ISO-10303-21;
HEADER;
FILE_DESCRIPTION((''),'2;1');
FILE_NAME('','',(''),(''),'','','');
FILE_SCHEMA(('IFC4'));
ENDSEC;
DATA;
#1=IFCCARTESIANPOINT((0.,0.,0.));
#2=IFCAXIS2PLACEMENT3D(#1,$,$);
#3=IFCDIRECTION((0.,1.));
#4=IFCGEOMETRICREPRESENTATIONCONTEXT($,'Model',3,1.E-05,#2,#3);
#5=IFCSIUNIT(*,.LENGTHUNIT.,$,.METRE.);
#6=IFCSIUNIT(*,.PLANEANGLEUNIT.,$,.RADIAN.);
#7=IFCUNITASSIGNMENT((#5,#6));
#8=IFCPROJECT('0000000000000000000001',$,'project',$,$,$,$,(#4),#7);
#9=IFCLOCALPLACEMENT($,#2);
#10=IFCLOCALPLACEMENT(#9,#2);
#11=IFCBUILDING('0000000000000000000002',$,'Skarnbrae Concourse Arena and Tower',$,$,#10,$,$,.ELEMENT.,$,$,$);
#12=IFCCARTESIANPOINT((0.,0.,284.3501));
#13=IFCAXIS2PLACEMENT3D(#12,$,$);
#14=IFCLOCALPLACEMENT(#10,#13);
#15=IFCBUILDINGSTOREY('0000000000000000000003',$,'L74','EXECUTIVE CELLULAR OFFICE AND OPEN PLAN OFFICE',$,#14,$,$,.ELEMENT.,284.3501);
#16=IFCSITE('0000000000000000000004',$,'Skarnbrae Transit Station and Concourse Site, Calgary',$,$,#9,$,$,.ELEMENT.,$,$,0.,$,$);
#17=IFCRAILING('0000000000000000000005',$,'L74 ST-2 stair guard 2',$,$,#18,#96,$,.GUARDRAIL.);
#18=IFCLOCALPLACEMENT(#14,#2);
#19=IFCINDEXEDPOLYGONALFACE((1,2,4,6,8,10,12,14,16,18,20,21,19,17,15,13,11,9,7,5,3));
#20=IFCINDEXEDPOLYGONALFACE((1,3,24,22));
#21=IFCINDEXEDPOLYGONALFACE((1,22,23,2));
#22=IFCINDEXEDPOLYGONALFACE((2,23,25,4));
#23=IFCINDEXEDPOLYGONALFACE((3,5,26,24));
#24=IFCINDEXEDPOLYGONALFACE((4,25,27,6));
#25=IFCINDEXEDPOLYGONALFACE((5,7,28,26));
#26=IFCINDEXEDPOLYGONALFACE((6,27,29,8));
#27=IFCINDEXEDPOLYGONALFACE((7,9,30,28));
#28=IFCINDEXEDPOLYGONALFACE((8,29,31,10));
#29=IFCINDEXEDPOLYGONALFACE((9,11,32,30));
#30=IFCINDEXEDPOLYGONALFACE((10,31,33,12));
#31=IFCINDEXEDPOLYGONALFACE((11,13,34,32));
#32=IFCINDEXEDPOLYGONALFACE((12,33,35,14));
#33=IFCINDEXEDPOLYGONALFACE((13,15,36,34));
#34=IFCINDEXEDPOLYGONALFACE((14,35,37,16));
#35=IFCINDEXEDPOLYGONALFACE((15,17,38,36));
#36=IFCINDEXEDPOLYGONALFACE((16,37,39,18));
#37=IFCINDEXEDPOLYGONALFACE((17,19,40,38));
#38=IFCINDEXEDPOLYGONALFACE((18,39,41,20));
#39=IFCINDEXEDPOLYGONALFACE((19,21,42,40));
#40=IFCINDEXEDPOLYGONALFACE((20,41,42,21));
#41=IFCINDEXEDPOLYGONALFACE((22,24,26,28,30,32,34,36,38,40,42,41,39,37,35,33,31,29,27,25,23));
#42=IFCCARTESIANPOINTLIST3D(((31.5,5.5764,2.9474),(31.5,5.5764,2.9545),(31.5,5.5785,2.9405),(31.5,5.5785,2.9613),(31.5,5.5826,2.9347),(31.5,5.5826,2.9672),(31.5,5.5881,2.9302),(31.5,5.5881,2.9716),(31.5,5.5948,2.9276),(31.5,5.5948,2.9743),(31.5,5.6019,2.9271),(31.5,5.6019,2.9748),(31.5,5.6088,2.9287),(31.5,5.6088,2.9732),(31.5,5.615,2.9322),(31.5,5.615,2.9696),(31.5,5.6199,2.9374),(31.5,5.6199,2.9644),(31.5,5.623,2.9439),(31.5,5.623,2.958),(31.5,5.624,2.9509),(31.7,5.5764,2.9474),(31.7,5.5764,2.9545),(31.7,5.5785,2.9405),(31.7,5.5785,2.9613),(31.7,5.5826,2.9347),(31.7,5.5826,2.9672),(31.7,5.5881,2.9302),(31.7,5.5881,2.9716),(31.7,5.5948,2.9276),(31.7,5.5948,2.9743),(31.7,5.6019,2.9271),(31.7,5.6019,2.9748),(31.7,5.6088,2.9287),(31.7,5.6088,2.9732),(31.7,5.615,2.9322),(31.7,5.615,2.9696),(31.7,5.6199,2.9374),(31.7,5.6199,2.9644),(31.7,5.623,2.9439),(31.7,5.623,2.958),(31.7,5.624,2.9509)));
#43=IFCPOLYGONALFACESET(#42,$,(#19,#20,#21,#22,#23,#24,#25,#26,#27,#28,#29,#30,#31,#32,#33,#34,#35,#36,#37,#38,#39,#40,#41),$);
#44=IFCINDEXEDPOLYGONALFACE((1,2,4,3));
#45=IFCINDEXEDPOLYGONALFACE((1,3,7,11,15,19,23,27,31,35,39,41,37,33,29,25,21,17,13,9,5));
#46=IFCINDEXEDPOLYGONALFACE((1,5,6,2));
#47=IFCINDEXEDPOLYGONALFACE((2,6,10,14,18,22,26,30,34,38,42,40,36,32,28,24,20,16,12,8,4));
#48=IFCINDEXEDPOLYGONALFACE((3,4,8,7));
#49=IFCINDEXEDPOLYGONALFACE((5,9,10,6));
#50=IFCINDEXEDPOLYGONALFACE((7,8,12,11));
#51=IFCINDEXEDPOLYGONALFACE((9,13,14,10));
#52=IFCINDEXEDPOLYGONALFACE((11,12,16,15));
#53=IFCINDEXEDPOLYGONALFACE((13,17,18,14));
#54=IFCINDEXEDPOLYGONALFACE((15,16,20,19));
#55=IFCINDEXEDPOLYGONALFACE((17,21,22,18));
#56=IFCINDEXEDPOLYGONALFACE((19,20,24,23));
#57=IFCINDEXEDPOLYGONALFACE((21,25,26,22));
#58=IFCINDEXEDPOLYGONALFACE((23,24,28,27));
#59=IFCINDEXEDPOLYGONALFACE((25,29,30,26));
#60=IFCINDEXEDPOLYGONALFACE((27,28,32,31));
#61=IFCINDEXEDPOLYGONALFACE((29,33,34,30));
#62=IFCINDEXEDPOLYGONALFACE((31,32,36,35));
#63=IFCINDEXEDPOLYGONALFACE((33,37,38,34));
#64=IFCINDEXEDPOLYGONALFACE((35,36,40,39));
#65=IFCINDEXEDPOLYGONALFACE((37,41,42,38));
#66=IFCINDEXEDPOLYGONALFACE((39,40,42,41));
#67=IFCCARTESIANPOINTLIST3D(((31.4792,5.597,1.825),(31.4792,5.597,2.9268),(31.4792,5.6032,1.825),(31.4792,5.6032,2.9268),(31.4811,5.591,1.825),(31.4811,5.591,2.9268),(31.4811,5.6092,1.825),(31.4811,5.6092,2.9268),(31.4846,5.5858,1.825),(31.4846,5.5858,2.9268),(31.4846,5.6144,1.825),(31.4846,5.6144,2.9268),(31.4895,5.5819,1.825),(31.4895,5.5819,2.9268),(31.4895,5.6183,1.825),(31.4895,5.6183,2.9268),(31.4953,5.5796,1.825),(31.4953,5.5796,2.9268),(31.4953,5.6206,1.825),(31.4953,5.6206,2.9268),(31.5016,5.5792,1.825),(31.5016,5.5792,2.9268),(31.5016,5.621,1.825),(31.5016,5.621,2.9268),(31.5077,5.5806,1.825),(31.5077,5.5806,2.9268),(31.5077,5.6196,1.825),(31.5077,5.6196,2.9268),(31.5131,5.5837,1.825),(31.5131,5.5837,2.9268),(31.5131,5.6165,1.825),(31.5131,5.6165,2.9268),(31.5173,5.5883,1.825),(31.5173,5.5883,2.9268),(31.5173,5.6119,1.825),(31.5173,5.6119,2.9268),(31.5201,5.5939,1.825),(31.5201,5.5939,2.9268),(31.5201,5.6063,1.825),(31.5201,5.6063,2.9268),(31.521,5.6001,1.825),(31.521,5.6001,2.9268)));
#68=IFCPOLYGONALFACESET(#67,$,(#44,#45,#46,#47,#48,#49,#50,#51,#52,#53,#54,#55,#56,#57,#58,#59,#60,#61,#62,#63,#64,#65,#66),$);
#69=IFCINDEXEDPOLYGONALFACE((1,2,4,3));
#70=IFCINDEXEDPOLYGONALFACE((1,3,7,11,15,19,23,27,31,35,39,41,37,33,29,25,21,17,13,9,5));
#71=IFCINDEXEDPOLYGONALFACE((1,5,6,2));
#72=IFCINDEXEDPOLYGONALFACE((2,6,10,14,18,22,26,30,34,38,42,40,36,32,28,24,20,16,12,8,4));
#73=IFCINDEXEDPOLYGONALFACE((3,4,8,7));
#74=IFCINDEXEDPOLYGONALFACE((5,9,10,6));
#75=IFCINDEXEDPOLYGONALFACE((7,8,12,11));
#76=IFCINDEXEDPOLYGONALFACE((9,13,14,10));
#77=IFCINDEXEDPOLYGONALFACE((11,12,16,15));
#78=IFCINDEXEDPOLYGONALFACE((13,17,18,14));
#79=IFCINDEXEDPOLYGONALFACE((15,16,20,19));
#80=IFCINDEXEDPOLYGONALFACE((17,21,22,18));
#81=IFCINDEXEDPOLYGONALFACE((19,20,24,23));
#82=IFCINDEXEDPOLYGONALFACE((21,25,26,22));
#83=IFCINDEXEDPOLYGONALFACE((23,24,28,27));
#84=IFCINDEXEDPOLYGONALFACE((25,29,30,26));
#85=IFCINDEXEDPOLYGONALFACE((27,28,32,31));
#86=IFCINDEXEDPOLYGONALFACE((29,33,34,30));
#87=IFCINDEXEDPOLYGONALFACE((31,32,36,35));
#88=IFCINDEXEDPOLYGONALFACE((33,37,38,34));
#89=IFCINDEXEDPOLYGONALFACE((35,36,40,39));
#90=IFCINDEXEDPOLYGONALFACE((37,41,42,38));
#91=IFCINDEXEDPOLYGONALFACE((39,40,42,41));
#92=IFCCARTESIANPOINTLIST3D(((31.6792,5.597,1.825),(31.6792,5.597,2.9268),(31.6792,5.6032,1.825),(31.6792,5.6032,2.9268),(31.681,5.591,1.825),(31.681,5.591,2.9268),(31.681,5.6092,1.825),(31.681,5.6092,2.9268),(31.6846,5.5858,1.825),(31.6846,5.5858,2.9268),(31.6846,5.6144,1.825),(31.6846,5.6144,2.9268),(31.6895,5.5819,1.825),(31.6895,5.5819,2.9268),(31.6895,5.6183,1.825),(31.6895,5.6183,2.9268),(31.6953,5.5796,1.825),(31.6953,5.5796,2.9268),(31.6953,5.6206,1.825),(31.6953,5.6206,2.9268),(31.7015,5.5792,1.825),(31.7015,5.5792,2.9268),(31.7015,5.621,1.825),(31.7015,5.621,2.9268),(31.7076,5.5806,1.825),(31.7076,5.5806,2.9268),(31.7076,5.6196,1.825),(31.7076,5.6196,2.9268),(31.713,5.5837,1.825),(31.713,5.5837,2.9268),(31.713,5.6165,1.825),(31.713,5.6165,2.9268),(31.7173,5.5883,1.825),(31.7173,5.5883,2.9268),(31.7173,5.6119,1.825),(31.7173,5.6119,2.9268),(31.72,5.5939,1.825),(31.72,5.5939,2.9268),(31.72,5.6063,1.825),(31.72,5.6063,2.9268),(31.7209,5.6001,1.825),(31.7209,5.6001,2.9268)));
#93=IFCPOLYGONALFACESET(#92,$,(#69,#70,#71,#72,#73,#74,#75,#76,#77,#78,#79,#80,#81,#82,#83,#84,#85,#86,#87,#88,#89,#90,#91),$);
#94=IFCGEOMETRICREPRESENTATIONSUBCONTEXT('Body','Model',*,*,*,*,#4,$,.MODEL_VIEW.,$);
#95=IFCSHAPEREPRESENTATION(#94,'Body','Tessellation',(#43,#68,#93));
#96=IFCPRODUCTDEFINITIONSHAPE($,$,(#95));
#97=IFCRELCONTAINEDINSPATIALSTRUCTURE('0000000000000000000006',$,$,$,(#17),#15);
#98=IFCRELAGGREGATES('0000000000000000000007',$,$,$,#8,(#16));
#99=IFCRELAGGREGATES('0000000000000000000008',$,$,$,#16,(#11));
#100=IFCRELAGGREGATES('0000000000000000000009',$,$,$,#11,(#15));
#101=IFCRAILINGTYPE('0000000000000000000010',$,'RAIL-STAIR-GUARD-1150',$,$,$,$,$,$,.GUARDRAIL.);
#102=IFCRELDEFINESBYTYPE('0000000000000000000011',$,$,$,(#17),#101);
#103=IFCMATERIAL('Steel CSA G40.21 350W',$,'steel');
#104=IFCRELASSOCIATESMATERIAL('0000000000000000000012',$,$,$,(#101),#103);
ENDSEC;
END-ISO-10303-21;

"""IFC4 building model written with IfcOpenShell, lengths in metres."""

from ifc_helpers import new_model, si_unit, direction, frame, origin, origin_2d, place, context, subcontext, project, spatial, circle, extrude, material, type_object, element, save


model = new_model("IFC4")

# Units and contexts
model_context = context("Model", 3, precision=1e-05, world=origin(), true_north=direction((0.0, 1.0)))
body_context = subcontext(model_context, "Body", "Model", "MODEL_VIEW")
ifc_project = project(units=[si_unit("LENGTHUNIT", "METRE"), si_unit("PLANEANGLEUNIT", "RADIAN")], contexts=[model_context])

# Site, building, storey
site_placement = place(None, origin())
site = spatial("IfcSite", under=ifc_project, at=site_placement, Name="Skarnbrae Transit Station and Concourse Site, Calgary", CompositionType="ELEMENT", RefElevation=0.0)
building_placement = place(site_placement, origin())
building = spatial("IfcBuilding", under=site, at=building_placement, Name="Skarnbrae Concourse Arena and Tower", CompositionType="ELEMENT")
storey_placement = place(building_placement, frame((0.0, 0.0, 284.3501)))
storey = spatial("IfcBuildingStorey", under=building, at=storey_placement, Name="L74", Description="EXECUTIVE CELLULAR OFFICE AND OPEN PLAN OFFICE", CompositionType="ELEMENT", Elevation=284.3501)

# Shared definitions
ifc_material_1 = material(Name="Steel CSA G40.21 350W", Category="steel")

# Railing
railing_type_1 = type_object("IfcRailingType", Name="RAIL-STAIR-GUARD-1150", PredefinedType="GUARDRAIL", material=ifc_material_1)
railing_1_placement = place(storey_placement, frame((31.5, 5.6001, 1.825)))
element("IfcRailing", 1, at=railing_1_placement, inside=storey, type_object=railing_type_1, Name="L74 ST-2 stair guard 2", PredefinedType="GUARDRAIL", context=body_context, shape_type="SweptSolid", body=[
    extrude(circle(Radius=0.0239, at=origin_2d()), frame((0.0, 0.0, 1.126), z_axis=(1.0, 0.0, 0.0), x_axis=(0.0, 1.0, 0.0)), (0.0, 0.0, 1.0), 0.2),
    extrude(circle(Radius=0.021, at=origin_2d()), origin(), (0.0, 0.0, 1.0), 1.1018),
    extrude(circle(Radius=0.021, at=origin_2d()), frame((0.2, 0.0, 0.0)), (0.0, 0.0, 1.0), 1.1018),
])

save(model, "model.ifc")
